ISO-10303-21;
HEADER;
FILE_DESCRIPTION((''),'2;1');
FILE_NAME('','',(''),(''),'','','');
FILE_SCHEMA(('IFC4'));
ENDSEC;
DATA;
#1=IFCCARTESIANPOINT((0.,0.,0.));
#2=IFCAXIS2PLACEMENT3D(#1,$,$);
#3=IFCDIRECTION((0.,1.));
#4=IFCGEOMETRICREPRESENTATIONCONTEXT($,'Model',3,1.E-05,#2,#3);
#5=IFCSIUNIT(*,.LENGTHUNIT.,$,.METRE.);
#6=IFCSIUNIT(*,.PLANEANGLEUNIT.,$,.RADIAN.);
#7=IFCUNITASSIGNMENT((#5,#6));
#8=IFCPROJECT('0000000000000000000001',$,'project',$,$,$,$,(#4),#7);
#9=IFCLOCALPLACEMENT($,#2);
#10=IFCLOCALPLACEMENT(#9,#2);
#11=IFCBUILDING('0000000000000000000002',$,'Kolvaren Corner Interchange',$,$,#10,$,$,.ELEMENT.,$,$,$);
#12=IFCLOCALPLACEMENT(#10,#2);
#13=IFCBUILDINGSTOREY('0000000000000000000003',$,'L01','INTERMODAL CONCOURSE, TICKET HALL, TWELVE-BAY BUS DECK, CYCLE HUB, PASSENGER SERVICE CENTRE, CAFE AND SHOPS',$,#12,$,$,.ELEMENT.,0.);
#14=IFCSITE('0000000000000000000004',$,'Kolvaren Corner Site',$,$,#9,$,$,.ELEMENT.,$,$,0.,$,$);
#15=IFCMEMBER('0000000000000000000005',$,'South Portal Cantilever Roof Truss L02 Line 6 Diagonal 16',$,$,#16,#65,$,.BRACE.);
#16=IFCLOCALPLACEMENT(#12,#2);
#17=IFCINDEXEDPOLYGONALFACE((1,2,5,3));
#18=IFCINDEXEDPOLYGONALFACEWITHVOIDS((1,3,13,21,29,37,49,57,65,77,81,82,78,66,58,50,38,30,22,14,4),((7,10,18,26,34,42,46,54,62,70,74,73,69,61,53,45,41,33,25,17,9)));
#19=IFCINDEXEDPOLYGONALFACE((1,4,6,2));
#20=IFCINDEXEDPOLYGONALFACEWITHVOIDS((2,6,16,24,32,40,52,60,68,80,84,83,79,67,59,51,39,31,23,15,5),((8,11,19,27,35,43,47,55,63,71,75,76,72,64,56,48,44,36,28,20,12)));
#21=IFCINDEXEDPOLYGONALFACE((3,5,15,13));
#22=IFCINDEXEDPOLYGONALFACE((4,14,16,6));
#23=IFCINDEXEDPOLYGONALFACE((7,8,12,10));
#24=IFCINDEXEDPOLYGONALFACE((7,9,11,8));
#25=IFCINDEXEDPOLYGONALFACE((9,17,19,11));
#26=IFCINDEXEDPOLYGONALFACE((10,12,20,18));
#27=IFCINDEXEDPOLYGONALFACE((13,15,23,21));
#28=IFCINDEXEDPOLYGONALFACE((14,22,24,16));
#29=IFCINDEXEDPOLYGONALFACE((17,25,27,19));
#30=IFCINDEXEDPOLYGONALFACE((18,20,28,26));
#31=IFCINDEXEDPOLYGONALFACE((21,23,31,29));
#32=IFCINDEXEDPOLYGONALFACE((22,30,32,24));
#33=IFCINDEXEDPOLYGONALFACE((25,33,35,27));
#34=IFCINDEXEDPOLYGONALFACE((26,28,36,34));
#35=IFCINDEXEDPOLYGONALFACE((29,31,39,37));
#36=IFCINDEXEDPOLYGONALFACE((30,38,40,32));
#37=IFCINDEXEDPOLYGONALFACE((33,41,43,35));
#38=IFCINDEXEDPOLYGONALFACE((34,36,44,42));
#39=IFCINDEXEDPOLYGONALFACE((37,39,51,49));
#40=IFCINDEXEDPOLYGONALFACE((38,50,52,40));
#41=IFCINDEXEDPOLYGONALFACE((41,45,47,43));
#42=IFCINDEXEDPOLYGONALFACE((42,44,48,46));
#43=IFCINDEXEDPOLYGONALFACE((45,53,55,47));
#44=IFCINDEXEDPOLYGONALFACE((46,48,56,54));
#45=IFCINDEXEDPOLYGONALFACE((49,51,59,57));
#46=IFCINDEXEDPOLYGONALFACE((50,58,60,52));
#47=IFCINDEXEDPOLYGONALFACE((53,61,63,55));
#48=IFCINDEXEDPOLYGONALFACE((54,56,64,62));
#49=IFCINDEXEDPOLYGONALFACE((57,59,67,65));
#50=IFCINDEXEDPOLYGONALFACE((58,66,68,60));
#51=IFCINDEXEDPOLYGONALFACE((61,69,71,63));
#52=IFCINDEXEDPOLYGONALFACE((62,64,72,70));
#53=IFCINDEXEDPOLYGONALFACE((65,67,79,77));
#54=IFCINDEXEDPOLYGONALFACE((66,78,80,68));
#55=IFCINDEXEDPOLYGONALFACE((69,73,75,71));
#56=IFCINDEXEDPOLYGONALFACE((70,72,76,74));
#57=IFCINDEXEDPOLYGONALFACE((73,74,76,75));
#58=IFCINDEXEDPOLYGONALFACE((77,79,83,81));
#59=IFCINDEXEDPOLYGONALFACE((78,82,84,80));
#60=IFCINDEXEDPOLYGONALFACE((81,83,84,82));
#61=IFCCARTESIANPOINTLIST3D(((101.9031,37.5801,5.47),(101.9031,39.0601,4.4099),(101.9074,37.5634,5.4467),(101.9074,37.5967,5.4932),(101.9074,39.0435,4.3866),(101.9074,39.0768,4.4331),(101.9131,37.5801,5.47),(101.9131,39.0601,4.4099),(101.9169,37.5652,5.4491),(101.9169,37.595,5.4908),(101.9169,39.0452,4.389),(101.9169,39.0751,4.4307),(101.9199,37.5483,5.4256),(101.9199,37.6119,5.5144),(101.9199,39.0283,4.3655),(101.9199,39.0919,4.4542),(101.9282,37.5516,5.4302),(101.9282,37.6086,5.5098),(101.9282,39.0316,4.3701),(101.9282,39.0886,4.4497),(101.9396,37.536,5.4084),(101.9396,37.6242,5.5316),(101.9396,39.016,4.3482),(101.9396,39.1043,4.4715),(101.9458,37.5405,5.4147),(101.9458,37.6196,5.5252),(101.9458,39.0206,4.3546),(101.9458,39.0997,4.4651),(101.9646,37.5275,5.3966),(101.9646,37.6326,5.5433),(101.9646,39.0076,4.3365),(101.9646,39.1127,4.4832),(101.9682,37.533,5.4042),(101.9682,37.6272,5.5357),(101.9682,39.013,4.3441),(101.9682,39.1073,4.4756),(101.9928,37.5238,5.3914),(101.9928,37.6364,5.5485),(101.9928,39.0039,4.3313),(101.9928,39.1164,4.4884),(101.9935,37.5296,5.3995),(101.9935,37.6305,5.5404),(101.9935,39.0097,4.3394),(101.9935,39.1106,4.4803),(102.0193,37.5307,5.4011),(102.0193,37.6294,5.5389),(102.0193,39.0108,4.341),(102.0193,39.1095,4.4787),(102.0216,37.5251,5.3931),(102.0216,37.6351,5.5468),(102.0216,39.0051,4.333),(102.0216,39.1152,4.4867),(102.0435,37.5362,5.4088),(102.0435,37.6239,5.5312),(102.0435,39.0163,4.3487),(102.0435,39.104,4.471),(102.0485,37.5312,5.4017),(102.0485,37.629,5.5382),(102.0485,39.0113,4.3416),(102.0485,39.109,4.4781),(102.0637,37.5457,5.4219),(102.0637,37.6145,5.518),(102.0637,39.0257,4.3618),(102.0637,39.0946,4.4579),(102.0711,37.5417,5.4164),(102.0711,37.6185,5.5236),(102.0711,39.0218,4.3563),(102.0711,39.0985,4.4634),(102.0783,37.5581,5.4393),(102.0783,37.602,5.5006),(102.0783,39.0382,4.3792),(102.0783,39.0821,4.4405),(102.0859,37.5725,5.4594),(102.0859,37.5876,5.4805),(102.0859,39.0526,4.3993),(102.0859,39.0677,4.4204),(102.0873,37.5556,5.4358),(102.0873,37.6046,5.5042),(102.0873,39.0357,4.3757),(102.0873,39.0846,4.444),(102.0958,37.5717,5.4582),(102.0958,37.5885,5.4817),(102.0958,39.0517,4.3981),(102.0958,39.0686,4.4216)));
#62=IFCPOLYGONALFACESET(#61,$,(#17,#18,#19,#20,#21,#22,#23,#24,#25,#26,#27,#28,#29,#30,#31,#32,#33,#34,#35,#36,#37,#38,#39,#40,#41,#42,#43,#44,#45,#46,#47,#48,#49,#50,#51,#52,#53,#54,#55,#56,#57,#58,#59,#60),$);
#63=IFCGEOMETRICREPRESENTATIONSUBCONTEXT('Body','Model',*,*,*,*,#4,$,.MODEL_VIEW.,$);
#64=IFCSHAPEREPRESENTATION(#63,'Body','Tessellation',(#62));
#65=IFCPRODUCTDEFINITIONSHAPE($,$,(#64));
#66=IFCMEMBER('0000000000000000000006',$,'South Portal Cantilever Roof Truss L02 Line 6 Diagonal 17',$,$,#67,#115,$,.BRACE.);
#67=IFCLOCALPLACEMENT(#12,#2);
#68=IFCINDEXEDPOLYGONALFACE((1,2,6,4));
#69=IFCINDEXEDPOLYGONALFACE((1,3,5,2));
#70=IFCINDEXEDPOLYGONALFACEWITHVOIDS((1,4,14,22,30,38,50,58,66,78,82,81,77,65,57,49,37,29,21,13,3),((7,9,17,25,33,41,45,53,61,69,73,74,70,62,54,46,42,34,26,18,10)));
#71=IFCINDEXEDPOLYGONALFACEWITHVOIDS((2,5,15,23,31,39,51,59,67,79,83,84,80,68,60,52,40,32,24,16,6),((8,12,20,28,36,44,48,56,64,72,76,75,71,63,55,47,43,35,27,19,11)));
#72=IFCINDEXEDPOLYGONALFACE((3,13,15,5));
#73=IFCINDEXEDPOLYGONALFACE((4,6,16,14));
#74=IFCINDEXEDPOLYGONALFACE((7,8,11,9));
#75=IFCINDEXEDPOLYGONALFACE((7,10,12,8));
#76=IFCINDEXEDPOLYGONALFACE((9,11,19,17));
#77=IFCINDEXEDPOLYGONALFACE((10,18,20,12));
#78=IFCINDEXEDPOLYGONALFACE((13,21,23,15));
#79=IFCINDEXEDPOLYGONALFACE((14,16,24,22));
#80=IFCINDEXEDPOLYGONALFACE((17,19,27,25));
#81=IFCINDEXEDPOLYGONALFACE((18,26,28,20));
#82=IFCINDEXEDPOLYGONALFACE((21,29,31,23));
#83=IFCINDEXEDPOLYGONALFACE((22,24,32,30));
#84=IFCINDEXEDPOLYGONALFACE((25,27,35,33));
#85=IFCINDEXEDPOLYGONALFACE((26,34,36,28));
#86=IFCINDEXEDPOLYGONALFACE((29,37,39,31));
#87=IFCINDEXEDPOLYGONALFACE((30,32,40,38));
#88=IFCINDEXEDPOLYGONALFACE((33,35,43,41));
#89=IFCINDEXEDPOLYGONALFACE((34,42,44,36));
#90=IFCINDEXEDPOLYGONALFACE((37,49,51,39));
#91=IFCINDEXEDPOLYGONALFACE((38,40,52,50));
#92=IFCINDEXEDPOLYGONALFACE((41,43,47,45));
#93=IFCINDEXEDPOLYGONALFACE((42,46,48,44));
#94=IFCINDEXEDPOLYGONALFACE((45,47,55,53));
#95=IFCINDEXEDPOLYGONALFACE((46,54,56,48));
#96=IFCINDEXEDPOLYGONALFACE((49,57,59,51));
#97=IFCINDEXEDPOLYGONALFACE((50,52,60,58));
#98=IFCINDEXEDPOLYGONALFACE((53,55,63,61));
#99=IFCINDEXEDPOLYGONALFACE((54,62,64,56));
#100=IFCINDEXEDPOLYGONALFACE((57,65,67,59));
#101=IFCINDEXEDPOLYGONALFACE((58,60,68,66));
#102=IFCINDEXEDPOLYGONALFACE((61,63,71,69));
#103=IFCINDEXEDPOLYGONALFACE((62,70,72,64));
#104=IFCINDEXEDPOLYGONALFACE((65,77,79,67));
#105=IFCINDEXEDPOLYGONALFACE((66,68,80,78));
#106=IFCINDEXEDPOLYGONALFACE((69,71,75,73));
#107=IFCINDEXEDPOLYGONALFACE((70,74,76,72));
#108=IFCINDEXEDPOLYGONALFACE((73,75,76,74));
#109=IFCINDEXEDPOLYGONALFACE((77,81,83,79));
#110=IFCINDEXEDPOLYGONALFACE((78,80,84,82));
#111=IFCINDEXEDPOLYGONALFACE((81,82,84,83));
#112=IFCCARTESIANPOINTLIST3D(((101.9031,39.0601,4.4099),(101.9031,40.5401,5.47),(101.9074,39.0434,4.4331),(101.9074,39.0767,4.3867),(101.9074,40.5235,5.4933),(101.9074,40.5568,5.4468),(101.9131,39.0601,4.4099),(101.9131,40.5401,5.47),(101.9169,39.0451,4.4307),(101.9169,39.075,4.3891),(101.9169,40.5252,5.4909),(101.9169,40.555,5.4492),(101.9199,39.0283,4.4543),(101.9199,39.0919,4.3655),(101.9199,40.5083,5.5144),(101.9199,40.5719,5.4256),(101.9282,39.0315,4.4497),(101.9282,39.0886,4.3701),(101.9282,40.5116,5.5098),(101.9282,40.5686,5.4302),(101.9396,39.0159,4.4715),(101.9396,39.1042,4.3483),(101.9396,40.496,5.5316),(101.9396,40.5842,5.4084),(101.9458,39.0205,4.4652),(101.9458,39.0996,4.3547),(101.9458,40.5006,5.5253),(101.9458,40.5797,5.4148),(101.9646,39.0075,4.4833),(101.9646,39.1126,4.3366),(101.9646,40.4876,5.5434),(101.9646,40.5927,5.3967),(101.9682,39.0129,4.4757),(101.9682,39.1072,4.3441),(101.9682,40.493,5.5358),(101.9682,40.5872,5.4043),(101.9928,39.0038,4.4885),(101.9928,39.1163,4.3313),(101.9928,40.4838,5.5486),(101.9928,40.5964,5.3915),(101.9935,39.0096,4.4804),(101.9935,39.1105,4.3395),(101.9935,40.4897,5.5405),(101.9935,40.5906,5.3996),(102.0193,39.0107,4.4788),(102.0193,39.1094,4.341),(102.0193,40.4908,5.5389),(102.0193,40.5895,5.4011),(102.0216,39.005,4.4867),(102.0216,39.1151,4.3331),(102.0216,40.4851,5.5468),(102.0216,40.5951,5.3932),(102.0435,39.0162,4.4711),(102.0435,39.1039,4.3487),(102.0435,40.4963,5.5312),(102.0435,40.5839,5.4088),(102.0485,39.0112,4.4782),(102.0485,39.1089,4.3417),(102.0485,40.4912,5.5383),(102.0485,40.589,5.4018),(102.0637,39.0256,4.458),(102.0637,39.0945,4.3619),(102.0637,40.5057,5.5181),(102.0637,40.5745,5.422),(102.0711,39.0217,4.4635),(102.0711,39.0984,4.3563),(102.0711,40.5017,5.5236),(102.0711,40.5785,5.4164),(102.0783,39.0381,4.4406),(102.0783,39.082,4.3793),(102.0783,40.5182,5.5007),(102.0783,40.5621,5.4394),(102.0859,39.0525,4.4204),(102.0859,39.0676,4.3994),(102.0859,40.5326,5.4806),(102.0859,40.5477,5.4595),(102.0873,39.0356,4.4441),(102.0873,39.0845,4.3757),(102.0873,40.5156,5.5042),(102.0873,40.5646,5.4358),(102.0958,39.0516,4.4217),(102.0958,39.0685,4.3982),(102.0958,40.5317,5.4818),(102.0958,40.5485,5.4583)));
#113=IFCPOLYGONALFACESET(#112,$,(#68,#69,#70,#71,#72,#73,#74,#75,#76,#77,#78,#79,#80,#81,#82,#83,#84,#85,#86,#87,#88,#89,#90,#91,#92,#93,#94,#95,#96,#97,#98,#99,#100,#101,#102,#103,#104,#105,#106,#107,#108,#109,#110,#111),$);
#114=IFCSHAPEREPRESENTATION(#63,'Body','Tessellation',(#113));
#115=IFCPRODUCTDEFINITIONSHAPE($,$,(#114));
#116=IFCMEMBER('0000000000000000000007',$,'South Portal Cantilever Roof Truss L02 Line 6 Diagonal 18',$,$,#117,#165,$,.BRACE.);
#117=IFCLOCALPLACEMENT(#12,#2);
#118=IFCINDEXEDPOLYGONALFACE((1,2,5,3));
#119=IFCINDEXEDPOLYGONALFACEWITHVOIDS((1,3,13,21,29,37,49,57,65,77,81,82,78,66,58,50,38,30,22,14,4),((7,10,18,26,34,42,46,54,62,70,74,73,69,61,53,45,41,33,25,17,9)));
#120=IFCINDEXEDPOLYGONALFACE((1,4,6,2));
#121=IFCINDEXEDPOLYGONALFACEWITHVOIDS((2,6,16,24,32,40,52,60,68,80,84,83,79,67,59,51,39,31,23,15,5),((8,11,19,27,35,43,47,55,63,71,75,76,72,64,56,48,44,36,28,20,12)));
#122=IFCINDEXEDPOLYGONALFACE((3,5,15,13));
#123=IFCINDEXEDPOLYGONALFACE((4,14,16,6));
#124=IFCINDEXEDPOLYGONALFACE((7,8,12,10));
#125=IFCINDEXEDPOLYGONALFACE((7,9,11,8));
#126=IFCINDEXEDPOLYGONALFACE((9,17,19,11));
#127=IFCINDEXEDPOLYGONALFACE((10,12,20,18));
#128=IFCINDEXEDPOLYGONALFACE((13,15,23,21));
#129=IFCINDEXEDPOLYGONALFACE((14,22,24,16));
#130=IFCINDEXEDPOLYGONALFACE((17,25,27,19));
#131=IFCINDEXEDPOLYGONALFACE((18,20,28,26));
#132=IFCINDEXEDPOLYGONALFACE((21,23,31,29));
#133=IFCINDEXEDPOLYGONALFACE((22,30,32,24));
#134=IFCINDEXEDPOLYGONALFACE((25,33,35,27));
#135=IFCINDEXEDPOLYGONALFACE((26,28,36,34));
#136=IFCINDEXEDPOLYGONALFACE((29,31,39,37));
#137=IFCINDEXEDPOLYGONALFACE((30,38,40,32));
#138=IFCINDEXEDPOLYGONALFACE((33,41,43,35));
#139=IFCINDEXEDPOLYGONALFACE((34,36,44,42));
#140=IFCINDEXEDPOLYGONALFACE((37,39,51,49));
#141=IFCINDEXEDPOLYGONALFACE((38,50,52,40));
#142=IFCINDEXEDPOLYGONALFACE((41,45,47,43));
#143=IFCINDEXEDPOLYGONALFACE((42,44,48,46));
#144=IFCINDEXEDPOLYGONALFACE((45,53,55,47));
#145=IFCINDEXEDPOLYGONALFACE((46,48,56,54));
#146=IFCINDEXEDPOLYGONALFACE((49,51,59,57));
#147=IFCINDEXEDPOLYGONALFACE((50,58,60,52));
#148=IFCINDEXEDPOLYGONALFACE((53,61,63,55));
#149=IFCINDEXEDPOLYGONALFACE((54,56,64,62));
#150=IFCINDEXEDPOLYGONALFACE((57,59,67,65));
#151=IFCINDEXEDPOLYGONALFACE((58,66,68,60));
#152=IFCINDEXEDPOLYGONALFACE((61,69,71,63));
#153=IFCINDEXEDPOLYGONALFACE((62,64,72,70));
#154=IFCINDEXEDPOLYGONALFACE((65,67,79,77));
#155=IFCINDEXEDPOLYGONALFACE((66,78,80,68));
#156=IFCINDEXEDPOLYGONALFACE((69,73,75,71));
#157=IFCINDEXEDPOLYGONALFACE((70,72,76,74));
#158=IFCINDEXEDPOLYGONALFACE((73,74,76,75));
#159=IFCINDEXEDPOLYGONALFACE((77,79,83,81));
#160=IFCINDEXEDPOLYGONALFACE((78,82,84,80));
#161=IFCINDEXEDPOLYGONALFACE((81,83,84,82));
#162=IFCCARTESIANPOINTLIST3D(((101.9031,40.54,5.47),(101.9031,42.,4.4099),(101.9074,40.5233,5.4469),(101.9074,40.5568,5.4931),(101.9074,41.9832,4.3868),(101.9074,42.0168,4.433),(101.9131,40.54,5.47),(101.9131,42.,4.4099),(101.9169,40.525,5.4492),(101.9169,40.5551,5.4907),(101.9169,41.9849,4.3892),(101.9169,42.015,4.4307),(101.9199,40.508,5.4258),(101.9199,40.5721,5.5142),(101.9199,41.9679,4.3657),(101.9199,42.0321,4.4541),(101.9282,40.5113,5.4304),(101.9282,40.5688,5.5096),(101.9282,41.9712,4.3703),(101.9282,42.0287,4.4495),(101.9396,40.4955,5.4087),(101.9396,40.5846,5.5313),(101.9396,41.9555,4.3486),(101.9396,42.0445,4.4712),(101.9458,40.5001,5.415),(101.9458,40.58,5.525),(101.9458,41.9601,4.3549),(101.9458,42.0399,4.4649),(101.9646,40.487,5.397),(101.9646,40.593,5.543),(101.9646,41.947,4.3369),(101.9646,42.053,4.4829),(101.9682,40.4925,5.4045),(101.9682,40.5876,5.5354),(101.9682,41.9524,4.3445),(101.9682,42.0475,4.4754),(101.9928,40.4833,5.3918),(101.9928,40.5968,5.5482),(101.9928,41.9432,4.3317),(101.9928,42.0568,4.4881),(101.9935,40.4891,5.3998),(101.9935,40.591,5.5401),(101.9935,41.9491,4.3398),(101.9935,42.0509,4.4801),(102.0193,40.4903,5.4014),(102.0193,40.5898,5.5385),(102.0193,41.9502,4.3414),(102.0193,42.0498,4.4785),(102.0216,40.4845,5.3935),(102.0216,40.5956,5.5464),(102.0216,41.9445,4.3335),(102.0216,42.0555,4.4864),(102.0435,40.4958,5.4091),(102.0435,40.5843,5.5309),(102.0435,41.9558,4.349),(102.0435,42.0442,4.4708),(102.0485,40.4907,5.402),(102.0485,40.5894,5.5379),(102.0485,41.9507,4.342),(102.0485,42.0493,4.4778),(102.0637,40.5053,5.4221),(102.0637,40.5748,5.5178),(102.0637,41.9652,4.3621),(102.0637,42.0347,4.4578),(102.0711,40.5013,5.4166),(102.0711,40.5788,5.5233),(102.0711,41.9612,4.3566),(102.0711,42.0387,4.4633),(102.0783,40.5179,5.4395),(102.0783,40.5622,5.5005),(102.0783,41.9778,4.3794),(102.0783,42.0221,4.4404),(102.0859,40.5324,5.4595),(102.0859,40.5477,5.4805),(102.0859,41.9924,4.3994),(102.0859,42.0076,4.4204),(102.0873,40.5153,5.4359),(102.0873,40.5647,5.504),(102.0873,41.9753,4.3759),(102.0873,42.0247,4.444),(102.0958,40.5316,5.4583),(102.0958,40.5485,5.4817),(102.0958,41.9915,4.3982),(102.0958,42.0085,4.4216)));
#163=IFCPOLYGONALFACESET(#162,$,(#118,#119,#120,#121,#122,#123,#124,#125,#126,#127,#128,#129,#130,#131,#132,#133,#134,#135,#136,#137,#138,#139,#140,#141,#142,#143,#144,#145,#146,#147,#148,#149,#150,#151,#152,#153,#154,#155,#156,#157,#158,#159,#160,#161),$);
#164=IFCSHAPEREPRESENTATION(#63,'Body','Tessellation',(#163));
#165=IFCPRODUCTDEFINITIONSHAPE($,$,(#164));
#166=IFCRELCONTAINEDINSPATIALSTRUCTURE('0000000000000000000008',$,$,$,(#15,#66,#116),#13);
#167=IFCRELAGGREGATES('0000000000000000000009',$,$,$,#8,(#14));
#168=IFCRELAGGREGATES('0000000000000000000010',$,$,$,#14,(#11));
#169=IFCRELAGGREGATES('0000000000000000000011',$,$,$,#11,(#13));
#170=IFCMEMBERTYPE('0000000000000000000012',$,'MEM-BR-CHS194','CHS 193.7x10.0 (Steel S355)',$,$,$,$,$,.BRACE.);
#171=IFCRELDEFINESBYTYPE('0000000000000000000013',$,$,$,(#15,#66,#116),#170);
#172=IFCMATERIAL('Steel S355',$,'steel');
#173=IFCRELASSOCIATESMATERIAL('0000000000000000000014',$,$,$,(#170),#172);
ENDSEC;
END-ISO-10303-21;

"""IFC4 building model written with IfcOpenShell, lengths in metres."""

from ifc_helpers import new_model, si_unit, direction, frame, origin, origin_2d, place, context, subcontext, project, spatial, hollow_circle, extrude, material, material_profile, profile_set, type_object, element, save


model = new_model("IFC4")

# Units and contexts
model_context = context("Model", 3, precision=1e-05, world=origin(), true_north=direction((0.0, 1.0)))
body_context = subcontext(model_context, "Body", "Model", "MODEL_VIEW")
ifc_project = project(units=[si_unit("LENGTHUNIT", "METRE"), si_unit("PLANEANGLEUNIT", "RADIAN")], contexts=[model_context])

# Site, building, storey
site_placement = place(None, origin())
site = spatial("IfcSite", under=ifc_project, at=site_placement, Name="Kolvaren Corner Site", CompositionType="ELEMENT", RefElevation=0.0)
building_placement = place(site_placement, origin())
building = spatial("IfcBuilding", under=site, at=building_placement, Name="Kolvaren Corner Interchange", CompositionType="ELEMENT")
storey_placement = place(building_placement, origin())
storey = spatial("IfcBuildingStorey", under=building, at=storey_placement, Name="L01", Description="INTERMODAL CONCOURSE, TICKET HALL, TWELVE-BAY BUS DECK, CYCLE HUB, PASSENGER SERVICE CENTRE, CAFE AND SHOPS", CompositionType="ELEMENT", Elevation=0.0)

# Members
ifc_material_1 = material(Name="Steel S355", Category="steel")
ifc_material_profile_1 = material_profile(ifc_material_1, hollow_circle(Radius=0.0969, WallThickness=0.01, at=origin_2d()), Name="CHS 193.7x10.0")
ifc_profile_set_1 = profile_set([ifc_material_profile_1], Name="Steel S355")
member_type_1 = type_object("IfcMemberType", Name="MEM-BR-CHS194", Description="CHS 193.7x10.0 (Steel S355)", PredefinedType="BRACE", material=ifc_profile_set_1)
for number, where, z_axis, x_axis, name in (
    (1, (102.0, 37.5801, 5.47), (0.0, 0.812972, -0.582303), (-1.0, 0.0, 0.0), "South Portal Cantilever Roof Truss L02 Line 6 Diagonal 16"),
    (2, (102.0, 39.0601, 4.4099), (0.0, 0.812972, 0.582303), (-1.0, 0.0, 0.0), "South Portal Cantilever Roof Truss L02 Line 6 Diagonal 17"),
):
    element("IfcMember", number, at=place(storey_placement, frame(where, z_axis=z_axis, x_axis=x_axis)), inside=storey, type_object=member_type_1, Name=name, PredefinedType="BRACE", context=body_context, shape_type="SweptSolid", body=[
        extrude(hollow_circle(Radius=0.0969, WallThickness=0.01, at=origin_2d()), origin(), (0.0, 0.0, 1.0), 1.8206),
    ])
member_1_placement = place(storey_placement, frame((102.0, 40.54, 5.47), z_axis=(0.0, 0.809192, -0.587544), x_axis=(-1.0, 0.0, 0.0)))
element("IfcMember", 3, at=member_1_placement, inside=storey, type_object=member_type_1, Name="South Portal Cantilever Roof Truss L02 Line 6 Diagonal 18", PredefinedType="BRACE", context=body_context, shape_type="SweptSolid", body=[
    extrude(hollow_circle(Radius=0.0969, WallThickness=0.01, at=origin_2d()), origin(), (0.0, 0.0, 1.0), 1.8042),
])

save(model, "model.ifc")
